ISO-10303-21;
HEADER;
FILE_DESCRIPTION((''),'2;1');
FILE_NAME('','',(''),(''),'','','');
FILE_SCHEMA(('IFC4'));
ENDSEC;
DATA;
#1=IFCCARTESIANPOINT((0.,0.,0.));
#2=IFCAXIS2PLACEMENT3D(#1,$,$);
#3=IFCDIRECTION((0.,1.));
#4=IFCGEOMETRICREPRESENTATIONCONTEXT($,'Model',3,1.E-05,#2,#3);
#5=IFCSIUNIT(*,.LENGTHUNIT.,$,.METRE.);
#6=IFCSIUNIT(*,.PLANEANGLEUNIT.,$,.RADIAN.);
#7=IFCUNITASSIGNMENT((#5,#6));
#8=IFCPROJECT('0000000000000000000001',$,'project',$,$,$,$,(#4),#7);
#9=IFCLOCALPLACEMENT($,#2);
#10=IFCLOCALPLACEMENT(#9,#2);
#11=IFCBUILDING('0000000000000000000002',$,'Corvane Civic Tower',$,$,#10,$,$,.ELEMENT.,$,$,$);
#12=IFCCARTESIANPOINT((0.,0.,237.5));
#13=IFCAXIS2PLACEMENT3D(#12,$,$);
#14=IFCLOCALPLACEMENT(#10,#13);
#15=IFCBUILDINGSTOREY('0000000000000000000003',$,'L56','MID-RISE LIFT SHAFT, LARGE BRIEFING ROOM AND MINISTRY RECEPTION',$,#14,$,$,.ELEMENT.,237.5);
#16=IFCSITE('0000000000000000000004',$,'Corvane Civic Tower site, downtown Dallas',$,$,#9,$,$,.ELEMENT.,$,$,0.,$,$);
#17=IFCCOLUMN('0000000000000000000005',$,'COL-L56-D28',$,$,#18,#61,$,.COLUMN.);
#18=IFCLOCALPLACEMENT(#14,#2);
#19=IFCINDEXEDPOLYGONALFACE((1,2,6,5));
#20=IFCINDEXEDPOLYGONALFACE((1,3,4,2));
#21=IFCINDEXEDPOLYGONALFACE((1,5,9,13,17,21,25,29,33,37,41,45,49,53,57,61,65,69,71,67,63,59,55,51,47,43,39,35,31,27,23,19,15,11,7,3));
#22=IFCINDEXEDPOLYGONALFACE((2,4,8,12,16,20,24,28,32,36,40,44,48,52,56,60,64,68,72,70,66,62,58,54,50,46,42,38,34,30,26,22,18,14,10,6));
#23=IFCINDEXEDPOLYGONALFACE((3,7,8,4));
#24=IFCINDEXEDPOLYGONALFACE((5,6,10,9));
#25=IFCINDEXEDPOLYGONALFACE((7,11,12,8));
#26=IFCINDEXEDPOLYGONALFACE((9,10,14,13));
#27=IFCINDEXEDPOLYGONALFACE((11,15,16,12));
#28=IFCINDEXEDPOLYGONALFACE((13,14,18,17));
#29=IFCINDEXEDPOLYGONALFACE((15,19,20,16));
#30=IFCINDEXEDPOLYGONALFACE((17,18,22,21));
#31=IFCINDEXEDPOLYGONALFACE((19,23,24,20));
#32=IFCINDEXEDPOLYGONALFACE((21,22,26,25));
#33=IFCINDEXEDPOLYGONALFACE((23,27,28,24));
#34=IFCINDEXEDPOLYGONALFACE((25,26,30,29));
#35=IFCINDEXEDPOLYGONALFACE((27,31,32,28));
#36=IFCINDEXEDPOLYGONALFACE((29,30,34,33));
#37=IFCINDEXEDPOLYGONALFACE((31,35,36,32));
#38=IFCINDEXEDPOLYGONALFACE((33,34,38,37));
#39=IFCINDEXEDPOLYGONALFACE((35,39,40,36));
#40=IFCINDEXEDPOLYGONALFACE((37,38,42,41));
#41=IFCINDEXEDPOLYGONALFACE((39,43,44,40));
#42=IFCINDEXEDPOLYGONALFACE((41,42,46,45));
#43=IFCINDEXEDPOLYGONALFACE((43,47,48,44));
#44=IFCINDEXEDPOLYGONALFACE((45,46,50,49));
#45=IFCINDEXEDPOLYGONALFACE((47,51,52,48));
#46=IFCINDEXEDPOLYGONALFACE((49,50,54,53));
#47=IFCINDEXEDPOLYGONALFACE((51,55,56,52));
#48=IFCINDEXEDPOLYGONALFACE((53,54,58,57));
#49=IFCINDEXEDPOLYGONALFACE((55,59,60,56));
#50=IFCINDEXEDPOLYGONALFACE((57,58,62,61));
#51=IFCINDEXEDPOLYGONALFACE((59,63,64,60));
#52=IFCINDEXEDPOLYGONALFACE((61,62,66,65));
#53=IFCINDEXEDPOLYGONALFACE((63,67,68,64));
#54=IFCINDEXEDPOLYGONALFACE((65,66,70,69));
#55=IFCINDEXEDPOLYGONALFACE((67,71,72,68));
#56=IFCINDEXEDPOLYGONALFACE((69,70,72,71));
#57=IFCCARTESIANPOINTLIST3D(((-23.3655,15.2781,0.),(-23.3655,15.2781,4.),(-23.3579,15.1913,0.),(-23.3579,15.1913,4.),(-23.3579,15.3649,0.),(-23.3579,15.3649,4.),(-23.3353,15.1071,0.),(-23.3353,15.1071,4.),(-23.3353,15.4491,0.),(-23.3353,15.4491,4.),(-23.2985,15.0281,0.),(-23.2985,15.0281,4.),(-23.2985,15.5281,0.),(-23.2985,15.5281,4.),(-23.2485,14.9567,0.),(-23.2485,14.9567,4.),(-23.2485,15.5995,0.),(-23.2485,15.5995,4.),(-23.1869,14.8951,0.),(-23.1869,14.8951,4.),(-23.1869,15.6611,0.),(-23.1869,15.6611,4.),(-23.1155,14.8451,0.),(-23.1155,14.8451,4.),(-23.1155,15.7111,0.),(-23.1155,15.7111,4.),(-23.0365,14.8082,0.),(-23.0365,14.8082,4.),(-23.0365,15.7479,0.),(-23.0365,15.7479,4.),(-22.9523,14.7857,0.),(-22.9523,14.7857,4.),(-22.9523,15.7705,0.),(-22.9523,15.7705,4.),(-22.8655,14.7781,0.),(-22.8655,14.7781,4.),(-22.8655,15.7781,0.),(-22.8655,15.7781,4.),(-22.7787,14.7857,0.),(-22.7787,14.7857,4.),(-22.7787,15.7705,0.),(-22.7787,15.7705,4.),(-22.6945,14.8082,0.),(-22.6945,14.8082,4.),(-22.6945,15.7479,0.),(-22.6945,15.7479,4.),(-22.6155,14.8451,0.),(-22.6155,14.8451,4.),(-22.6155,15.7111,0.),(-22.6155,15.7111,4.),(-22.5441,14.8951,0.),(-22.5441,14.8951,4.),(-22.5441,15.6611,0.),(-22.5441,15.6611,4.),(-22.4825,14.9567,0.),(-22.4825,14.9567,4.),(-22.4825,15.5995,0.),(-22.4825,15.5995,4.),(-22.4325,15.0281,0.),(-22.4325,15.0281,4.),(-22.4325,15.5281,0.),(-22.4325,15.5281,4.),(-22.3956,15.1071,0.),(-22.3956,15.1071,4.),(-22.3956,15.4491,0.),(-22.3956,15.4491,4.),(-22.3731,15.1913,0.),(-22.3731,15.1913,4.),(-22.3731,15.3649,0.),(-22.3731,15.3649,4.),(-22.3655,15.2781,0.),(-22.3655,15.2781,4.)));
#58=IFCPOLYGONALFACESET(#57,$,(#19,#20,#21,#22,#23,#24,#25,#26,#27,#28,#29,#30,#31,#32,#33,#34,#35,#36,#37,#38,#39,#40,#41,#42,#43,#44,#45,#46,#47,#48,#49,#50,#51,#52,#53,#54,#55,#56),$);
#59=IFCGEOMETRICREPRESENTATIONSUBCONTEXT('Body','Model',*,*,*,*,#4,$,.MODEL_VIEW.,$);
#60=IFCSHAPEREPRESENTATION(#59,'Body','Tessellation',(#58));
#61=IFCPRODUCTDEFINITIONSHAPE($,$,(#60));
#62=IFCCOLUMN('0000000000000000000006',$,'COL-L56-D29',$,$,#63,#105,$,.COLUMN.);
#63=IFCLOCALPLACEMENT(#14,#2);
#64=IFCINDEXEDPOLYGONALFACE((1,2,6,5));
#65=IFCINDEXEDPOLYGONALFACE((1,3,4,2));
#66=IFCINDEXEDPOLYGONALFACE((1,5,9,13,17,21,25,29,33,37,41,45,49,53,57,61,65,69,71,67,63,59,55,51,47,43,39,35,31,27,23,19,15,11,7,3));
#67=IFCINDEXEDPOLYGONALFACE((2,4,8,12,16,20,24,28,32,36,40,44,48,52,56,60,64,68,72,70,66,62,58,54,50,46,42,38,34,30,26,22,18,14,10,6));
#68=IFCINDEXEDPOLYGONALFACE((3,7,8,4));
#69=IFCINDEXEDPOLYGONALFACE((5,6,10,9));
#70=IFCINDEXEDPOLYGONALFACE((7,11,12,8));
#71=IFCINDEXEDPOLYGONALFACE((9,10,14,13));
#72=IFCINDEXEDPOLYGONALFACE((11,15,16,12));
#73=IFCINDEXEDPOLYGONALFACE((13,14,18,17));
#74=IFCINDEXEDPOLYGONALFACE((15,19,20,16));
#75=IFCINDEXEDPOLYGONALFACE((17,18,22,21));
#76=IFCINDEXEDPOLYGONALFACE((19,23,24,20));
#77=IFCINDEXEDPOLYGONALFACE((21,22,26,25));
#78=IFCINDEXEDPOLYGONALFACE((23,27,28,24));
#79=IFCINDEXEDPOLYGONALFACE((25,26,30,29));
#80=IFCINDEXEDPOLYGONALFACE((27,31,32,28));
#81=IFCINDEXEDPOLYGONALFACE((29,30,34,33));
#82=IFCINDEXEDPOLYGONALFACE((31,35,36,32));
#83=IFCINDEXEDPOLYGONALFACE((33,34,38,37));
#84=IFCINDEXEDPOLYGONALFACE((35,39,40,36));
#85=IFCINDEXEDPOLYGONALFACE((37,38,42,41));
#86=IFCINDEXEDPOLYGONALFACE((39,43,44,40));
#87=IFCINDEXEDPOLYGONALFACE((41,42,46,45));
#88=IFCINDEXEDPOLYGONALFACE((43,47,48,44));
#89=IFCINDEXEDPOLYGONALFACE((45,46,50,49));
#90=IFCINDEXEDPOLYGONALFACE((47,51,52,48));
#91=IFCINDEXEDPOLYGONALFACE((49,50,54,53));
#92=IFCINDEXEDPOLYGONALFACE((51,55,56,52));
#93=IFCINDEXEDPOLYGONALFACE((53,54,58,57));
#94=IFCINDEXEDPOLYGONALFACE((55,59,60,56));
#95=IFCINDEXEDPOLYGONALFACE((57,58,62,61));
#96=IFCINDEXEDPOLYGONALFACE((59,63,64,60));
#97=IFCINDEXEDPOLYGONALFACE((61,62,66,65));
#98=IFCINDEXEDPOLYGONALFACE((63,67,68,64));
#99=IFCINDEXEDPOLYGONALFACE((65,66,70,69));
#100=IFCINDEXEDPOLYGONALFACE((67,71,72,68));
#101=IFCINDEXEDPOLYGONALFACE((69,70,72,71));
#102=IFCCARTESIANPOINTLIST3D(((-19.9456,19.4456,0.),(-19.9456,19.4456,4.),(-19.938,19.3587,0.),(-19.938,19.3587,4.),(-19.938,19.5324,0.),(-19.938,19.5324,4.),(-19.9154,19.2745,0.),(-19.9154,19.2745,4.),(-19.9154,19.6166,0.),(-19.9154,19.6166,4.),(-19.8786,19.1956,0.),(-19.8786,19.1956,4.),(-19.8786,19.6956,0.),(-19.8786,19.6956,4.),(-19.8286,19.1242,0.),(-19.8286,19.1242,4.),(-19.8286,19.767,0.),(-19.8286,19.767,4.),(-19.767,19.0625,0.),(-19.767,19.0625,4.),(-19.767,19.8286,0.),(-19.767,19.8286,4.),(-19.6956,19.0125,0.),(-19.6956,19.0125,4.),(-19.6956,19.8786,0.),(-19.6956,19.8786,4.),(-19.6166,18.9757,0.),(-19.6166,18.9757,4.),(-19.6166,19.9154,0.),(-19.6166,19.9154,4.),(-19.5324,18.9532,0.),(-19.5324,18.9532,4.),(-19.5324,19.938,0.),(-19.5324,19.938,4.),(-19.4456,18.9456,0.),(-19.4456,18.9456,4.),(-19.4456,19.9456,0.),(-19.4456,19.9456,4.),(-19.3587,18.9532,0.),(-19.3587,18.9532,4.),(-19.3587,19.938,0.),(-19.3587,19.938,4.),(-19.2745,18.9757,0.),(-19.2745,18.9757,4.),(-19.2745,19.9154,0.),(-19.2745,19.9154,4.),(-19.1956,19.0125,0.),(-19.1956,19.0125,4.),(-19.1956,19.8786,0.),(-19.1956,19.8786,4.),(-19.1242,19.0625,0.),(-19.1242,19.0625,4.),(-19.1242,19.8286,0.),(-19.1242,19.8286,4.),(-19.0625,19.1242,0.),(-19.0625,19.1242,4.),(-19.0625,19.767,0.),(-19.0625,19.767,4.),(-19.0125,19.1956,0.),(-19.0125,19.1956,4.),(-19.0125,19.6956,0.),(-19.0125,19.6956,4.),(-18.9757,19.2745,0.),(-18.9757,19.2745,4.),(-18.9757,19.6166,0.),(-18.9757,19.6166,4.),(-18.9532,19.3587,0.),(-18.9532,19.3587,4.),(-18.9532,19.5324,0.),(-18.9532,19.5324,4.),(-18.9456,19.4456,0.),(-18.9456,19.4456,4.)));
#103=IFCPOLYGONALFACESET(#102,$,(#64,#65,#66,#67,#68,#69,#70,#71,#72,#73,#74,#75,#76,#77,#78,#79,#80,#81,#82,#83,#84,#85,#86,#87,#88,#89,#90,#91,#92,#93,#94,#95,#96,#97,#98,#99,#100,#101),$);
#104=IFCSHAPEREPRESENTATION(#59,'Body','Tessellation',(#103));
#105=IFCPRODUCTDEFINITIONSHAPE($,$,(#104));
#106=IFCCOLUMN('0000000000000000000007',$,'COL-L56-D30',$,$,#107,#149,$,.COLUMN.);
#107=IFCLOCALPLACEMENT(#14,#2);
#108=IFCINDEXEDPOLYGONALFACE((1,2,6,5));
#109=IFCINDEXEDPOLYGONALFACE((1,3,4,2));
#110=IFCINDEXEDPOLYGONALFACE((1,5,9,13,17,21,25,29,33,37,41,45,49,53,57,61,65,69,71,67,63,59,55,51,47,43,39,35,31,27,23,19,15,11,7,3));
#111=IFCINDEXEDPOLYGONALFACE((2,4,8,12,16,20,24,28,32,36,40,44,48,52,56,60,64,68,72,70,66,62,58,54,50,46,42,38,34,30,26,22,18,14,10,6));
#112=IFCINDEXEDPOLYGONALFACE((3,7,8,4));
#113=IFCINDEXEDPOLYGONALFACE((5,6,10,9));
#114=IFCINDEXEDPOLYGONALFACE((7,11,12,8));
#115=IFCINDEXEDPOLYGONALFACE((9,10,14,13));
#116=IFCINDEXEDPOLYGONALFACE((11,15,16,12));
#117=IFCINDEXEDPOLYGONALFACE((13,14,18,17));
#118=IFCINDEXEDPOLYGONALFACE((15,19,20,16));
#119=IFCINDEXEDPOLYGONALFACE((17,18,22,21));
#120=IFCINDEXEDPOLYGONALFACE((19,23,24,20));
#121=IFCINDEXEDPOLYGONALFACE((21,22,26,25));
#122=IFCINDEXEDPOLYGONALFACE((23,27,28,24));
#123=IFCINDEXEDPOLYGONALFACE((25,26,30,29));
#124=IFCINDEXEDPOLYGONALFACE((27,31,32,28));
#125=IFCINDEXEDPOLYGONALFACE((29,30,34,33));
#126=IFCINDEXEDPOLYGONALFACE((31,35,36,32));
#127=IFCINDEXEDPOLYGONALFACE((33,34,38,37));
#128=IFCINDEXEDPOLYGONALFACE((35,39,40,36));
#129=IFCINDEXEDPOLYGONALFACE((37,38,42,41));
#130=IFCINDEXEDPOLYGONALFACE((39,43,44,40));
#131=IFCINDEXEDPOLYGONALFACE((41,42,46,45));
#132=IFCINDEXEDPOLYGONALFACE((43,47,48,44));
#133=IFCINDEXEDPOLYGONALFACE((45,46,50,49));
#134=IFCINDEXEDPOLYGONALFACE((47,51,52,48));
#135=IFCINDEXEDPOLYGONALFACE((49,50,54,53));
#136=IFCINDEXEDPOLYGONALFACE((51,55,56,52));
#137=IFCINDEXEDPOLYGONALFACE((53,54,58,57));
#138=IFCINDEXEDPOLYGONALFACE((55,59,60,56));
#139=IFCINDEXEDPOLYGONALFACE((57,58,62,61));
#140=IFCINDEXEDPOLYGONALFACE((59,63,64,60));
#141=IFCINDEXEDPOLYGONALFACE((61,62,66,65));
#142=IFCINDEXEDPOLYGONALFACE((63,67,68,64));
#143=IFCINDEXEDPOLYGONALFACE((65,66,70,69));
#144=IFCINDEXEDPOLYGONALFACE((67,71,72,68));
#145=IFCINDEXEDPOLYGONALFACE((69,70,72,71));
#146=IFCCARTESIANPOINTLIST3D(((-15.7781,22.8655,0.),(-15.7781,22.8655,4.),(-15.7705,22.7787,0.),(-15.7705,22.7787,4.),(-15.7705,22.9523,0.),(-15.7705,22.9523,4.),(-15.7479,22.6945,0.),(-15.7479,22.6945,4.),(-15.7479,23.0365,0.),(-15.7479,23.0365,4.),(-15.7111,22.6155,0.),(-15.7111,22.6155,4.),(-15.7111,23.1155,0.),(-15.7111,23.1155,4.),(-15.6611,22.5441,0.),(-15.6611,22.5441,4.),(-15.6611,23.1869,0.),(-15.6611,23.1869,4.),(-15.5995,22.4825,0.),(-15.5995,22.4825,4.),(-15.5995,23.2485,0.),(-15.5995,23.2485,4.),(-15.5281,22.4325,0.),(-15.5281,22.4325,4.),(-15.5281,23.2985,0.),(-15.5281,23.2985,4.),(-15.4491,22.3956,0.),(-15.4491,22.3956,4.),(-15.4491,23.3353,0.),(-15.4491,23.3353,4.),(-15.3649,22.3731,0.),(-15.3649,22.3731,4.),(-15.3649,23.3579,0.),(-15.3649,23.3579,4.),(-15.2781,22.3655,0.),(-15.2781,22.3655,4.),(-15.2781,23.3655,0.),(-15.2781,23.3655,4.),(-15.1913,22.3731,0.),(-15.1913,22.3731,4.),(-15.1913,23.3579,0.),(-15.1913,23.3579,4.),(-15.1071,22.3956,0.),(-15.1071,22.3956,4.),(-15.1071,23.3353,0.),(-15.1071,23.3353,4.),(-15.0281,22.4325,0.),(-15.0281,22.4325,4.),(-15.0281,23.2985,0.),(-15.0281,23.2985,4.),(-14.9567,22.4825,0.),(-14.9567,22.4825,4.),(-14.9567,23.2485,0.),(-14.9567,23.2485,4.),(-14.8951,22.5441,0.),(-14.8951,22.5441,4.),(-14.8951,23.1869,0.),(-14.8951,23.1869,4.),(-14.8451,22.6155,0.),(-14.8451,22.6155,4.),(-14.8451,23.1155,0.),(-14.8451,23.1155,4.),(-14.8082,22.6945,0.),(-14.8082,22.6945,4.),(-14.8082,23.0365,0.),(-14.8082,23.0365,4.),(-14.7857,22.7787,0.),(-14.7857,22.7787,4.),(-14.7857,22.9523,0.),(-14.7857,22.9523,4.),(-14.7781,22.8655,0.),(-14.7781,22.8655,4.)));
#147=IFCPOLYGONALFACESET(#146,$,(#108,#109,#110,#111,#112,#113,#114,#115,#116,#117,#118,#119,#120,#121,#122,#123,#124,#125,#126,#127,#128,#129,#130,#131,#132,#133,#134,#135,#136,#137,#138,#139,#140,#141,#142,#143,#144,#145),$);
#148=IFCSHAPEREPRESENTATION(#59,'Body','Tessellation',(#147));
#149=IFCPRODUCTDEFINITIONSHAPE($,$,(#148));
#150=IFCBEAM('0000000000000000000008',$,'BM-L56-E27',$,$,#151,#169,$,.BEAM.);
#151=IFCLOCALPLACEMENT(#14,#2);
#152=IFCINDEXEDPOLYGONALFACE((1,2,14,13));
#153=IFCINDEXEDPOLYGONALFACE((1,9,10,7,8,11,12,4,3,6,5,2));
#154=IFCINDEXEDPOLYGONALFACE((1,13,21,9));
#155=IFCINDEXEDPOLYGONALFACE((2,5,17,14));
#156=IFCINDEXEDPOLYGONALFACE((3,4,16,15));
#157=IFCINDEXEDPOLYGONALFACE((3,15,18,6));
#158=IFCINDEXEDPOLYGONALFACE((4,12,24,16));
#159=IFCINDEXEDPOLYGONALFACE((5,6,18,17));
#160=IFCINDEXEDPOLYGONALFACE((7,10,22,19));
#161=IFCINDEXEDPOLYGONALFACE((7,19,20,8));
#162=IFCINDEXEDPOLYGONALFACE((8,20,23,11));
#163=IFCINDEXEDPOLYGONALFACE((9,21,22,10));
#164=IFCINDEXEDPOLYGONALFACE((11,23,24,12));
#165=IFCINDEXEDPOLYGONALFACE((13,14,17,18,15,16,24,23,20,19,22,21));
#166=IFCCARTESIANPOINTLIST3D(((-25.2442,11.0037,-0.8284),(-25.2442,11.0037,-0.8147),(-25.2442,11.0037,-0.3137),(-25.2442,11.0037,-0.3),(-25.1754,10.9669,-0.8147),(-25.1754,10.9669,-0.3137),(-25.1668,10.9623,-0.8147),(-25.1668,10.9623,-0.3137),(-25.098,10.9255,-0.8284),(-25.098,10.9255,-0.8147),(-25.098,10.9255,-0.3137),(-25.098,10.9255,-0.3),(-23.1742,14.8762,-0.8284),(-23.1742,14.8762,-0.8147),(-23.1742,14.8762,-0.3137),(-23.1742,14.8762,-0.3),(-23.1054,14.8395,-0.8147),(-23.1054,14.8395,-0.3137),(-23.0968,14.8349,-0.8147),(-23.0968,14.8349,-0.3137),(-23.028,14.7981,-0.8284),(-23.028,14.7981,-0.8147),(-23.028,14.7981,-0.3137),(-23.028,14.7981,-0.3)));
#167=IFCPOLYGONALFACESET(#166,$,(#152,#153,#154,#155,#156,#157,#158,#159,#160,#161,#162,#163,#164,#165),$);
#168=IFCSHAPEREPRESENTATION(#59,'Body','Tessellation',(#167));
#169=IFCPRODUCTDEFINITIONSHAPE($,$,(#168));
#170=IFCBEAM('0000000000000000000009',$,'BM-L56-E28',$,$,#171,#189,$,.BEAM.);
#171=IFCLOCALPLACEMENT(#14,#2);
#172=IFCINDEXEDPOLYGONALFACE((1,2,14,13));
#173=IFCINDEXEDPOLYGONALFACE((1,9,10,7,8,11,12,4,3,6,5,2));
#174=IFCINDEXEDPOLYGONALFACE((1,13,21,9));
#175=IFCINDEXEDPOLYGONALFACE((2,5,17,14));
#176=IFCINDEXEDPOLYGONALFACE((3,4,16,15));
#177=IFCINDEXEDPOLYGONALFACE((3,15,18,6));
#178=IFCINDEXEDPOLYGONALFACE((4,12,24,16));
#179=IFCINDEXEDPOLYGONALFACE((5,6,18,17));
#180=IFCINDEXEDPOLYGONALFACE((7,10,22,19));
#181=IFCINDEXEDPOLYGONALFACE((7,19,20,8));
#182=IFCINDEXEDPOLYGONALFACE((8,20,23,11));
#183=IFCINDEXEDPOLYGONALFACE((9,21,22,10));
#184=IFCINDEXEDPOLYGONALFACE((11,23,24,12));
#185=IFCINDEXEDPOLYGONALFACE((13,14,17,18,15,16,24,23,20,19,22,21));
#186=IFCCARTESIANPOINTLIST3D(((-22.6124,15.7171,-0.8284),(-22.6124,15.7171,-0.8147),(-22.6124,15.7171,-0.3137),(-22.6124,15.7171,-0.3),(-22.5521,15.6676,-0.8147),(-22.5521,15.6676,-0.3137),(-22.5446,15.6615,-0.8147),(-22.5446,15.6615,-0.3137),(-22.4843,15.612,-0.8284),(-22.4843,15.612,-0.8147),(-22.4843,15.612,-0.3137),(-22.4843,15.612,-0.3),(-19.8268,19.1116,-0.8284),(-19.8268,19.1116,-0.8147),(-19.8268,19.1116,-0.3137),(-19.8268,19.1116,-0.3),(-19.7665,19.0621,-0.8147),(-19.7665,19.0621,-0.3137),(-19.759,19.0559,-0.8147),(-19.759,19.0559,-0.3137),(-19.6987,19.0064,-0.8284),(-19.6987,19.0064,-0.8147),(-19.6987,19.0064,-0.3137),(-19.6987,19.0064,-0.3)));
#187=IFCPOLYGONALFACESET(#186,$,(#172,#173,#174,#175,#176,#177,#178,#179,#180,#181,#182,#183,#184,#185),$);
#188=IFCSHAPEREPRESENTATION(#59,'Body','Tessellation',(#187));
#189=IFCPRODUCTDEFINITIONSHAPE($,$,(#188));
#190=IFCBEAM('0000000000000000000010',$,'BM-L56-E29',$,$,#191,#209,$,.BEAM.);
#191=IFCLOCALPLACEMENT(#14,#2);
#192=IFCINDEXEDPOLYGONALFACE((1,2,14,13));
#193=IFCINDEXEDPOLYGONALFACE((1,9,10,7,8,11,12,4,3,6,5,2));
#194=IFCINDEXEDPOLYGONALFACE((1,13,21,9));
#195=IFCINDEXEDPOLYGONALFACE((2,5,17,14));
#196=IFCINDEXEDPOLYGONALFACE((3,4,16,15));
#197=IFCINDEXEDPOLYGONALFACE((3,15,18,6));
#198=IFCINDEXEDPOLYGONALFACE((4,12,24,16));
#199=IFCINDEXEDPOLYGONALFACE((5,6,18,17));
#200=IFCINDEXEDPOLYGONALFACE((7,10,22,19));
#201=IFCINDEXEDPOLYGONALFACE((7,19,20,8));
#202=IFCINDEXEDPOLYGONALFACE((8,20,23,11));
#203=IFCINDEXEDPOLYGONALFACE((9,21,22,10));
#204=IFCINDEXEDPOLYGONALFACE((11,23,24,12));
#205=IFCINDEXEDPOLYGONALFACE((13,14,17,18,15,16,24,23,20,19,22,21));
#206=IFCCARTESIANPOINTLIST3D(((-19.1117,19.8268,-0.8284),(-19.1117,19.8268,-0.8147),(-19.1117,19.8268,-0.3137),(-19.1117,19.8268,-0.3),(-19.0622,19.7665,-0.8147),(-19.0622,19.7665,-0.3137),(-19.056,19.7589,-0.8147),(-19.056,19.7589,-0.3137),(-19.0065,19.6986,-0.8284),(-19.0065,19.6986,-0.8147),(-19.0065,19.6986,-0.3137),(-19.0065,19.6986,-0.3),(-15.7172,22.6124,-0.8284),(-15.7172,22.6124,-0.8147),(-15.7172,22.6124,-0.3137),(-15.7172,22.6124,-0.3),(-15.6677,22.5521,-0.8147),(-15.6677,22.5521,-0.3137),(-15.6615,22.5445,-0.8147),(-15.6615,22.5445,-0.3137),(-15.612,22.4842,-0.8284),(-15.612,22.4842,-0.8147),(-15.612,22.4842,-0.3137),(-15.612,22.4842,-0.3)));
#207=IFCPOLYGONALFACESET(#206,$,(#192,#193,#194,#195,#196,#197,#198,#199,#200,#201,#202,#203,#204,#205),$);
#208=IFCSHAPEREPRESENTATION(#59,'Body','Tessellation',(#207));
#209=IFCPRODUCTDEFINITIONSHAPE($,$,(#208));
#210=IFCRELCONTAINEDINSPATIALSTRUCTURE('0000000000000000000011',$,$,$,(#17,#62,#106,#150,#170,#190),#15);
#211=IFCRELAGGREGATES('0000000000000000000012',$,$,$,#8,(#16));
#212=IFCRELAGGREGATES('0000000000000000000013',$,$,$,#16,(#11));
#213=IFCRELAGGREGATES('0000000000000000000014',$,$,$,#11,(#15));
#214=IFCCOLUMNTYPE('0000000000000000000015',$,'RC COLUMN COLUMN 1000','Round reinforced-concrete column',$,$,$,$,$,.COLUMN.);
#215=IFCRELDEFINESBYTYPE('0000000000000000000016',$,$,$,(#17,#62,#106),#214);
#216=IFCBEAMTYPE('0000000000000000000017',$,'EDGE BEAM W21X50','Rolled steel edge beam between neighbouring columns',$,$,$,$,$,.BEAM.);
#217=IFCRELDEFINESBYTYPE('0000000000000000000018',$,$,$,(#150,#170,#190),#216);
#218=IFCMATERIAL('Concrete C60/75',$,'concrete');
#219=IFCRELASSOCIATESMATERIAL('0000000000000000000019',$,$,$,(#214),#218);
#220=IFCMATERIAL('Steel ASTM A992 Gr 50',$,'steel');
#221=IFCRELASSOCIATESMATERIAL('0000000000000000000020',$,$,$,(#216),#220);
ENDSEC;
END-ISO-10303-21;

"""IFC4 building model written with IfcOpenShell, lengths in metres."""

from ifc_helpers import new_model, si_unit, direction, frame, origin, origin_2d, place, context, subcontext, project, spatial, circle, i_section, extrude, material, material_profile, profile_set, type_object, element, save


model = new_model("IFC4")

# Units and contexts
model_context = context("Model", 3, precision=1e-05, world=origin(), true_north=direction((0.0, 1.0)))
body_context = subcontext(model_context, "Body", "Model", "MODEL_VIEW")
ifc_project = project(units=[si_unit("LENGTHUNIT", "METRE"), si_unit("PLANEANGLEUNIT", "RADIAN")], contexts=[model_context])

# Site, building, storey
site_placement = place(None, origin())
site = spatial("IfcSite", under=ifc_project, at=site_placement, Name="Corvane Civic Tower site, downtown Dallas", CompositionType="ELEMENT", RefElevation=0.0)
building_placement = place(site_placement, origin())
building = spatial("IfcBuilding", under=site, at=building_placement, Name="Corvane Civic Tower", CompositionType="ELEMENT")
storey_placement = place(building_placement, frame((0.0, 0.0, 237.5)))
storey = spatial("IfcBuildingStorey", under=building, at=storey_placement, Name="L56", Description="MID-RISE LIFT SHAFT, LARGE BRIEFING ROOM AND MINISTRY RECEPTION", CompositionType="ELEMENT", Elevation=237.5)

# Columns
ifc_material_1 = material(Name="Concrete C60/75", Category="concrete")
ifc_material_profile_1 = material_profile(ifc_material_1, circle(Radius=0.5, at=origin_2d()), Name="COLUMN 1000")
ifc_profile_set_1 = profile_set([ifc_material_profile_1], Name="Concrete C60/75")
column_type = type_object("IfcColumnType", Name="RC COLUMN COLUMN 1000", Description="Round reinforced-concrete column", PredefinedType="COLUMN", material=ifc_profile_set_1)
for number, where, z_axis, x_axis, name in (
    (1, (-22.8655, 15.2781, 0.0), (0.0, 0.0, 1.0), (1.0, 0.0, 0.0), "COL-L56-D28"),
    (2, (-19.4456, 19.4456, 0.0), (0.0, 0.0, 1.0), (1.0, 0.0, 0.0), "COL-L56-D29"),
    (3, (-15.2781, 22.8655, 0.0), (0.0, 0.0, 1.0), (1.0, 0.0, 0.0), "COL-L56-D30"),
):
    element("IfcColumn", number, at=place(storey_placement, frame(where, z_axis=z_axis, x_axis=x_axis)), inside=storey, type_object=column_type, Name=name, PredefinedType="COLUMN", context=body_context, shape_type="SweptSolid", body=[
        extrude(circle(Radius=0.5, at=origin_2d()), origin(), (0.0, 0.0, 1.0), 4.0),
    ])

# Beams
ifc_material_2 = material(Name="Steel ASTM A992 Gr 50", Category="steel")
ifc_material_profile_2 = material_profile(ifc_material_2, i_section(OverallWidth=0.1658, OverallDepth=0.5283, WebThickness=0.0098, FlangeThickness=0.0137, at=origin_2d()), Name="W21X50")
ifc_profile_set_2 = profile_set([ifc_material_profile_2], Name="Steel ASTM A992 Gr 50")
beam_type = type_object("IfcBeamType", Name="EDGE BEAM W21X50", Description="Rolled steel edge beam between neighbouring columns", PredefinedType="BEAM", material=ifc_profile_set_2)
for number, where, z_axis, x_axis, name in (
    (4, (-25.1711, 10.9646, -0.5642), (0.471422, 0.881908, 0.0), (-0.881908, 0.471422, 0.0), "BM-L56-E27"),
    (5, (-22.5483, 15.6646, -0.5642), (0.634369, 0.77303, 0.0), (-0.77303, 0.634369, 0.0), "BM-L56-E28"),
    (6, (-19.0591, 19.7627, -0.5642), (0.77303, 0.634369, 0.0), (-0.634369, 0.77303, 0.0), "BM-L56-E29"),
):
    element("IfcBeam", number, at=place(storey_placement, frame(where, z_axis=z_axis, x_axis=x_axis)), inside=storey, type_object=beam_type, Name=name, PredefinedType="BEAM", context=body_context, shape_type="SweptSolid", body=[
        extrude(i_section(OverallWidth=0.1658, OverallDepth=0.5283, WebThickness=0.0098, FlangeThickness=0.0137, at=origin_2d()), origin(), (0.0, 0.0, 1.0), 4.3911),
    ])

save(model, "model.ifc")
